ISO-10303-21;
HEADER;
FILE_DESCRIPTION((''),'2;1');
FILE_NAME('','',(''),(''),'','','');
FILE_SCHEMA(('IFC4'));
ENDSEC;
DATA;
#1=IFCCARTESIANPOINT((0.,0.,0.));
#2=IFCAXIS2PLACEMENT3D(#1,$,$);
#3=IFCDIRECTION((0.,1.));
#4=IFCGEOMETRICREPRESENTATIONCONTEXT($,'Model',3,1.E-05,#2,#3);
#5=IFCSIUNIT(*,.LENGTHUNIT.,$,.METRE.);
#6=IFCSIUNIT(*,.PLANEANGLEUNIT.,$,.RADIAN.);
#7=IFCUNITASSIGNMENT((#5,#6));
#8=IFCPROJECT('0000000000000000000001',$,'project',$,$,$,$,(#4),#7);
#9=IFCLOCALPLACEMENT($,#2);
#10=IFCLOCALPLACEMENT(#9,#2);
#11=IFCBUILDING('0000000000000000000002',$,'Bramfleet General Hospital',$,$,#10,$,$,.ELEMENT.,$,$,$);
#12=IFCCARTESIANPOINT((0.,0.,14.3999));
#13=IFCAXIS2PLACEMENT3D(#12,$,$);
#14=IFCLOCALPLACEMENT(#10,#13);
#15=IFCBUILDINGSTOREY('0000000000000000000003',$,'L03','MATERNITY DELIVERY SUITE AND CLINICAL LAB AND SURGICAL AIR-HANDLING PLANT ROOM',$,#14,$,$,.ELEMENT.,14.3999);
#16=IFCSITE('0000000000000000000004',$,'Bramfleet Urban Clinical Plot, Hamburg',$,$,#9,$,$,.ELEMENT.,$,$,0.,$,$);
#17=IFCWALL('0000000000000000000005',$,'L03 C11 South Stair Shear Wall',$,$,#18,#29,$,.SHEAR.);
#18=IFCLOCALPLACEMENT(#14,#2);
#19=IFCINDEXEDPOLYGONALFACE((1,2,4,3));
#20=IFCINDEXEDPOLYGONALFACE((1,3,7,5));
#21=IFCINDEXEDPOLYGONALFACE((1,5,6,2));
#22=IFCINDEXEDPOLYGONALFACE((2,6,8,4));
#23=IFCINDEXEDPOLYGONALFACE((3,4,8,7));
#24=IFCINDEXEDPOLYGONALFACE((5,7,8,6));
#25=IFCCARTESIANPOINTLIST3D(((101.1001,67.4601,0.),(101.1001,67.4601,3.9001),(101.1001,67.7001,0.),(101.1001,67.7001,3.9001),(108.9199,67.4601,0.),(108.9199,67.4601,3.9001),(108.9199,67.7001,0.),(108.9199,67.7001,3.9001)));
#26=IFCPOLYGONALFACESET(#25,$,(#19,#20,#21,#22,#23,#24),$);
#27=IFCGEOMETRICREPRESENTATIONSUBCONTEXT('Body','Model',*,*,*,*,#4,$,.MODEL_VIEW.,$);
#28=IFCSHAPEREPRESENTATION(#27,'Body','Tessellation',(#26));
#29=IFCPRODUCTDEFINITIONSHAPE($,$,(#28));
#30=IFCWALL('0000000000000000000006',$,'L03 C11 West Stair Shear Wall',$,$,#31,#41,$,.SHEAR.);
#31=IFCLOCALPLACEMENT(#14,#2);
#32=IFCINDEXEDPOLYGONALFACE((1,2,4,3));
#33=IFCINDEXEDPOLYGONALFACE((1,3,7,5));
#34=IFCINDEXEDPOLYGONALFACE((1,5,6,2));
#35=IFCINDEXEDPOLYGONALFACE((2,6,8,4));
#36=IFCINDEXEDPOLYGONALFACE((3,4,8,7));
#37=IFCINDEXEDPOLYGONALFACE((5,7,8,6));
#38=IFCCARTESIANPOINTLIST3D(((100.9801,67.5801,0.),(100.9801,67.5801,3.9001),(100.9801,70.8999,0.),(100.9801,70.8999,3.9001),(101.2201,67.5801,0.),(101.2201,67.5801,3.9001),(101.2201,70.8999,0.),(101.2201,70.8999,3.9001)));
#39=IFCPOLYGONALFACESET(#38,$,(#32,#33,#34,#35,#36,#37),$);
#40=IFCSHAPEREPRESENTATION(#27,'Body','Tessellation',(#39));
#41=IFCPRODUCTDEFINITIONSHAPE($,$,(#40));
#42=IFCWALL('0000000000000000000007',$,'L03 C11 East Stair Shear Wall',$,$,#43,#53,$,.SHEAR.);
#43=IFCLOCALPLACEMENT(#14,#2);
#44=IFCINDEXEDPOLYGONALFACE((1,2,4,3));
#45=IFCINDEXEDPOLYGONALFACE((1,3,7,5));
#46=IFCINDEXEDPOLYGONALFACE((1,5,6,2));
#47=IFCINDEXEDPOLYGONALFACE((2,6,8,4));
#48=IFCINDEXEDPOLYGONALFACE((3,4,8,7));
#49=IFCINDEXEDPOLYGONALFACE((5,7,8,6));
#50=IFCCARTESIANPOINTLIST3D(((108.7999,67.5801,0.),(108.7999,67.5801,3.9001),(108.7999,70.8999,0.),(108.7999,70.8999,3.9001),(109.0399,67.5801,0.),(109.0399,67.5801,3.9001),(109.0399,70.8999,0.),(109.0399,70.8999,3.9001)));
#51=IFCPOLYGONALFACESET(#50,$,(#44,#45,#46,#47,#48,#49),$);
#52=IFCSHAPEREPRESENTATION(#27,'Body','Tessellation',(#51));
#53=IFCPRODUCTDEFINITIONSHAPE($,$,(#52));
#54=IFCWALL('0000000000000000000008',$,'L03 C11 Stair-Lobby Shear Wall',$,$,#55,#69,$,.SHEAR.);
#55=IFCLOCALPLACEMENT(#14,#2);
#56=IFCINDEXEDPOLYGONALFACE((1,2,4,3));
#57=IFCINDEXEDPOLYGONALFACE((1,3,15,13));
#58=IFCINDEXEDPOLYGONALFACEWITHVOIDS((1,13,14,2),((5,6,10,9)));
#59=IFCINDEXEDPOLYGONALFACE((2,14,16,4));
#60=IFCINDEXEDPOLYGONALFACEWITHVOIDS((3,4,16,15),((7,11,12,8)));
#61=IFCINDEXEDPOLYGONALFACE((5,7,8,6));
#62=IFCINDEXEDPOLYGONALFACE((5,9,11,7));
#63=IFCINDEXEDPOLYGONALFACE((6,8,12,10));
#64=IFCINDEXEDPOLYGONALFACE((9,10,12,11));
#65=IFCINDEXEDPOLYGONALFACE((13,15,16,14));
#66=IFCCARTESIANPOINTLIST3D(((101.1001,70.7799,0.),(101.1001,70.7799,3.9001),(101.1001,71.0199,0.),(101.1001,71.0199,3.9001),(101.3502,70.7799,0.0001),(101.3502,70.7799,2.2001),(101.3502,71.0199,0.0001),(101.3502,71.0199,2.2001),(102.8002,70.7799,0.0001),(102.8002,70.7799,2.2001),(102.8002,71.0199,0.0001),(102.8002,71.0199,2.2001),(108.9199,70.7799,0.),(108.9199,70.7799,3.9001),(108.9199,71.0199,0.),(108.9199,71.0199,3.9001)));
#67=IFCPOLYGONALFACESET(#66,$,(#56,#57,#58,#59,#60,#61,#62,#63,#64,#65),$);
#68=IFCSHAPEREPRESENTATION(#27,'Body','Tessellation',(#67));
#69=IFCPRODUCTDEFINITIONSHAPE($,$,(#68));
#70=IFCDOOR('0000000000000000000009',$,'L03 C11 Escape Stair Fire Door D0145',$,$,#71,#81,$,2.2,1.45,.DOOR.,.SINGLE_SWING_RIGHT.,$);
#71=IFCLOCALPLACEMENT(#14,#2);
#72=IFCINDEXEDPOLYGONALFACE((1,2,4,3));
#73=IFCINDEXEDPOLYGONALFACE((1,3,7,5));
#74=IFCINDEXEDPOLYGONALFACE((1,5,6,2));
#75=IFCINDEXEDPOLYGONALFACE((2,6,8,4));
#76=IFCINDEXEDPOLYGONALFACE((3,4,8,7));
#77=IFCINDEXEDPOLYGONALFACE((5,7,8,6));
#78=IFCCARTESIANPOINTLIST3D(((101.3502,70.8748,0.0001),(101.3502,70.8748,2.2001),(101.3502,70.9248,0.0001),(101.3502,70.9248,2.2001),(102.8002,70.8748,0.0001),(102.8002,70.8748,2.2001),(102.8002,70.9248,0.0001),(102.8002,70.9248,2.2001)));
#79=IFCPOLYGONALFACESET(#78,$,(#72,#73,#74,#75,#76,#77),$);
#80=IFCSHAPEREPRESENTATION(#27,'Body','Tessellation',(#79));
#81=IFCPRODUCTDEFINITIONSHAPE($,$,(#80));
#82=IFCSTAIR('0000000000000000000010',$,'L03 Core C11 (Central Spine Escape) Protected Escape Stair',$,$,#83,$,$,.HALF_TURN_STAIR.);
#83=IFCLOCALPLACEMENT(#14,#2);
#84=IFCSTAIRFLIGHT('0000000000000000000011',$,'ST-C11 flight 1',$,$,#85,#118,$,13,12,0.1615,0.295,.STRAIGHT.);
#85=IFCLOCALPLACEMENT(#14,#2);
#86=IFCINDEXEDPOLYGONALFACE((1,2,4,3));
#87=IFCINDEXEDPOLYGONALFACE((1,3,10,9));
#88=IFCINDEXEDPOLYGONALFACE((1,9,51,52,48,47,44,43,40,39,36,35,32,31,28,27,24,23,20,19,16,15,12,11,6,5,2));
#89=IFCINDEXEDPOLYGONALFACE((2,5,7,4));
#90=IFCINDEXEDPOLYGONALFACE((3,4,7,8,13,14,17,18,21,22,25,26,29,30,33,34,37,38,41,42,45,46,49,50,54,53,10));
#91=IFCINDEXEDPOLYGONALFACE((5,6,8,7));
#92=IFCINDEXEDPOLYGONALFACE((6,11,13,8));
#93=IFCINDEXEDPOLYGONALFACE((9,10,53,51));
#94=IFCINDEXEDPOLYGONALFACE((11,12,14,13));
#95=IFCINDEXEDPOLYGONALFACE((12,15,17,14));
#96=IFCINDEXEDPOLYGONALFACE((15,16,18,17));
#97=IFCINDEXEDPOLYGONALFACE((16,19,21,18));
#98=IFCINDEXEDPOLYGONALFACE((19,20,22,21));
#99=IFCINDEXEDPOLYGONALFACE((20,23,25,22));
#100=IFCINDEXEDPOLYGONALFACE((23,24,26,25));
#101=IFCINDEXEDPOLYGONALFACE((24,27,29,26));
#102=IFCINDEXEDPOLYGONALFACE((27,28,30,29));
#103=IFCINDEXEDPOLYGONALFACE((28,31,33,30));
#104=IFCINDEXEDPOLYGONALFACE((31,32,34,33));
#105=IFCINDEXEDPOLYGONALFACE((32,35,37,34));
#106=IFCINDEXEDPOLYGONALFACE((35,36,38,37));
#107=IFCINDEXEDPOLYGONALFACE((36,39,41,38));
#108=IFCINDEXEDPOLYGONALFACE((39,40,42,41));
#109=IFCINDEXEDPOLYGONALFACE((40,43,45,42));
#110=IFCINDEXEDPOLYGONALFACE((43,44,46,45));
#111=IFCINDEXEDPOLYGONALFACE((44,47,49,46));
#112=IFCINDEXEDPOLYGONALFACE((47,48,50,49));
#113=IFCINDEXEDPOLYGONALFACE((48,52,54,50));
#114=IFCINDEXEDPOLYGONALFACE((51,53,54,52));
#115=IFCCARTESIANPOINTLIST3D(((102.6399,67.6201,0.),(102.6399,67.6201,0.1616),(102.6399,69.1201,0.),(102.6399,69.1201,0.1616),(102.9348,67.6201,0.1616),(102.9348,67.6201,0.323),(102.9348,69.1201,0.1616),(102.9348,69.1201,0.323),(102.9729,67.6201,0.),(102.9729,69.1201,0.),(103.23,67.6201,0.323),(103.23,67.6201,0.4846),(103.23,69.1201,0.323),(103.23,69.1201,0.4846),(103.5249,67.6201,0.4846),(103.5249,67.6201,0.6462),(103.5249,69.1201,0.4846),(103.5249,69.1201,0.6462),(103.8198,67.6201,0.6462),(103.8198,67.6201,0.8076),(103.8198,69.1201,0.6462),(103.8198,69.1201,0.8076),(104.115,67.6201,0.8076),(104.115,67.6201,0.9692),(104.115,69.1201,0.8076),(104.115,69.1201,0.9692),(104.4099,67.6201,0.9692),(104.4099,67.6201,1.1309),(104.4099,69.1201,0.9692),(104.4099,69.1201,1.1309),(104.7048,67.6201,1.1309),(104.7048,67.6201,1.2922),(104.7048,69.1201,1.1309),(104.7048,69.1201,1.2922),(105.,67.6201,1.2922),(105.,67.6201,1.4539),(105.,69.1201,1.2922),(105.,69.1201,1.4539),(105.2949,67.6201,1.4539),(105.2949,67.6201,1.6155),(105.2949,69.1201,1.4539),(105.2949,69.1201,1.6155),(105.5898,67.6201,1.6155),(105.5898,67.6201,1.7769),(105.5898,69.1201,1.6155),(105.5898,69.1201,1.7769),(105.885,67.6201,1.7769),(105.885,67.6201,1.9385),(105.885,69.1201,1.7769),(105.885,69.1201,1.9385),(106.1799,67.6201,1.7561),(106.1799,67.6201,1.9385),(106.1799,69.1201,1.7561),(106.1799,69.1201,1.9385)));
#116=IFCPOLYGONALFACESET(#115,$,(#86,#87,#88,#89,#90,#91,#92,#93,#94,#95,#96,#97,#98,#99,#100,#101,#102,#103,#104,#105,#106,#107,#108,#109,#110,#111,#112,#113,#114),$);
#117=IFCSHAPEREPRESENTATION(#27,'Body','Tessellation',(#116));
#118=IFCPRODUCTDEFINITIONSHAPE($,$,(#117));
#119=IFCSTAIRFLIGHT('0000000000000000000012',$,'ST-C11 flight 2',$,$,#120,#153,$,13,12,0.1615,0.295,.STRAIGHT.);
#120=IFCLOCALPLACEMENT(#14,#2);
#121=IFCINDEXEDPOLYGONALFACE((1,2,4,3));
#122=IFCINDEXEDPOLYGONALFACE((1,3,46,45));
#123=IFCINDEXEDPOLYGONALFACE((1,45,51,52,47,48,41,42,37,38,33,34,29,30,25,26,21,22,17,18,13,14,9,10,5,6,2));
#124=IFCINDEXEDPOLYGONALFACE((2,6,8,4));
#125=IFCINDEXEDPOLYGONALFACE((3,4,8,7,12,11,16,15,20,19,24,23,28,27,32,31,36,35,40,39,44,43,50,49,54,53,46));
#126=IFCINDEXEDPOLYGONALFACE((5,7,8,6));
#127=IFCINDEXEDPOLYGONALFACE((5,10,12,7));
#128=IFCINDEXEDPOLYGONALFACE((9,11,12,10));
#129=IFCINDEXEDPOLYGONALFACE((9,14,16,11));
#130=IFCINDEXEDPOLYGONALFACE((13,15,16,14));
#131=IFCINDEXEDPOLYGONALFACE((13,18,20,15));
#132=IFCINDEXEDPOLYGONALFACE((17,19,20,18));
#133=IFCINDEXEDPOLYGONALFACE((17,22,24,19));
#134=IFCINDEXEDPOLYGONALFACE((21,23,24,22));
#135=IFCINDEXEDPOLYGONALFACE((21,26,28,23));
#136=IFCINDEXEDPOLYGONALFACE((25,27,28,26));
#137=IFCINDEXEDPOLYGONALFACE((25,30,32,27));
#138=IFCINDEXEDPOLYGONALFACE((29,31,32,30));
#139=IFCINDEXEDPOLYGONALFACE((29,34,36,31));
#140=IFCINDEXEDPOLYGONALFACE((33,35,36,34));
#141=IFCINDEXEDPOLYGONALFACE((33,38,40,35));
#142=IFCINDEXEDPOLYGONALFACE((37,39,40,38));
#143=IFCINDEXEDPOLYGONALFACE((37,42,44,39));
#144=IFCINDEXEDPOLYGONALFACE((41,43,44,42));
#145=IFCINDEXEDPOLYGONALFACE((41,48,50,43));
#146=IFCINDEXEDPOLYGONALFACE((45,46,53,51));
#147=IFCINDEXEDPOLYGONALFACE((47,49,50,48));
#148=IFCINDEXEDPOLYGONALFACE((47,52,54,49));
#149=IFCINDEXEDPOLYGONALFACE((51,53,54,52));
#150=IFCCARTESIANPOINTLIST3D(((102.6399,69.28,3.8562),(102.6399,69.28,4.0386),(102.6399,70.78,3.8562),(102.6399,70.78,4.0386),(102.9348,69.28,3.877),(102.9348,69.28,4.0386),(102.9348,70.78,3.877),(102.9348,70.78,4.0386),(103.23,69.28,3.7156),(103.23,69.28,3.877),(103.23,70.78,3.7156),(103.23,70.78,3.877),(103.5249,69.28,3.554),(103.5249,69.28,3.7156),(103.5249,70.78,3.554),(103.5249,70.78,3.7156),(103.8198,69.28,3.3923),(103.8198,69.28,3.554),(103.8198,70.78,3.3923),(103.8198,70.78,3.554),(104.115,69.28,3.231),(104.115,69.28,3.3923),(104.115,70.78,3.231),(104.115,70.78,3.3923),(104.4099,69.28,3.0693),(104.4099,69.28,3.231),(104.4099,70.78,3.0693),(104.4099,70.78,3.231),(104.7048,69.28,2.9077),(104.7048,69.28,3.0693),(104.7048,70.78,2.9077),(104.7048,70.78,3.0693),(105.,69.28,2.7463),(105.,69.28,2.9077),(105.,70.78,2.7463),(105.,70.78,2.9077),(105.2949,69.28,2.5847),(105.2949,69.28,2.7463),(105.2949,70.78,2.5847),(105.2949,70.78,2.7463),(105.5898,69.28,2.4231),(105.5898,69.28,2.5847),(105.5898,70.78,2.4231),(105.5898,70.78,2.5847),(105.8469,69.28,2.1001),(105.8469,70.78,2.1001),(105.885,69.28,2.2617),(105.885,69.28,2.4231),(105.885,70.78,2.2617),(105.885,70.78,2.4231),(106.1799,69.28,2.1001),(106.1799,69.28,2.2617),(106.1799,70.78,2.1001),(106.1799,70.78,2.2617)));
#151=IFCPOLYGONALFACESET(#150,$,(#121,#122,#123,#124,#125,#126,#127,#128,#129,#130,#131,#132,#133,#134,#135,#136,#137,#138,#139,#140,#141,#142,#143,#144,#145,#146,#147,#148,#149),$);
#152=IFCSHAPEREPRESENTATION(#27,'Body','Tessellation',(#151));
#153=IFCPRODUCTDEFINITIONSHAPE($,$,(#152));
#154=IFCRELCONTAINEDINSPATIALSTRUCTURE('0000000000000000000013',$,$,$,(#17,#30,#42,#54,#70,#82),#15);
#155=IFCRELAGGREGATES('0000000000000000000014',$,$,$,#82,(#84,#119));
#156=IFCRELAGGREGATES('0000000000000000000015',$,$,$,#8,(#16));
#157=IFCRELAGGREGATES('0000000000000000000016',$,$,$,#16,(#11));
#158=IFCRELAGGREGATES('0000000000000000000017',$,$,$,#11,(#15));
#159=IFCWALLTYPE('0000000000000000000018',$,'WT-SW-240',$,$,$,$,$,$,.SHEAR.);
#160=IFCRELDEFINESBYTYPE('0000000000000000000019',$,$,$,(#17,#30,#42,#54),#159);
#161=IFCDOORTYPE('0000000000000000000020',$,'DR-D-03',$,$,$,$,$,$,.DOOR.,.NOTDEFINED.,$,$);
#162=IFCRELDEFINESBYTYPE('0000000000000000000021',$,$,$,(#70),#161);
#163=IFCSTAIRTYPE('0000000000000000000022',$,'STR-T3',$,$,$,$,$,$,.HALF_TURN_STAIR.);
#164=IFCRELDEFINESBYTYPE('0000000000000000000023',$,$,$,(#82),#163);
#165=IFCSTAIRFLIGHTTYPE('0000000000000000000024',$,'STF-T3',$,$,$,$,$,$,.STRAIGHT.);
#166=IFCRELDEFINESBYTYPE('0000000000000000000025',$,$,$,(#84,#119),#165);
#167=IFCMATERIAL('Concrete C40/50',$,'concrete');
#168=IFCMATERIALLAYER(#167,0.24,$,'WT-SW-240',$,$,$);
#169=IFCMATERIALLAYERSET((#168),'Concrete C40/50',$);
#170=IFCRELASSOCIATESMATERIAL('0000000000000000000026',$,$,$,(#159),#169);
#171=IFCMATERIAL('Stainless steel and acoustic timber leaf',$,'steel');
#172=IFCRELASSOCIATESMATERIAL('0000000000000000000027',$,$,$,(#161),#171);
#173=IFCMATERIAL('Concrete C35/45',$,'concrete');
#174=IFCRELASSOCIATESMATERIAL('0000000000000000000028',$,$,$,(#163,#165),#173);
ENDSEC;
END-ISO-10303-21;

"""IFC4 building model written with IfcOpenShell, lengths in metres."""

from ifc_helpers import new_model, si_unit, direction, frame, frame_2d, origin, place, context, subcontext, project, spatial, polyline, rectangle, outline, extrude, material, layer, layer_set, type_object, element, fill, aggregate, save


model = new_model("IFC4")

# Units and contexts
model_context = context("Model", 3, precision=1e-05, world=origin(), true_north=direction((0.0, 1.0)))
body_context = subcontext(model_context, "Body", "Model", "MODEL_VIEW")
ifc_project = project(units=[si_unit("LENGTHUNIT", "METRE"), si_unit("PLANEANGLEUNIT", "RADIAN")], contexts=[model_context])

# Site, building, storey
site_placement = place(None, origin())
site = spatial("IfcSite", under=ifc_project, at=site_placement, Name="Bramfleet Urban Clinical Plot, Hamburg", CompositionType="ELEMENT", RefElevation=0.0)
building_placement = place(site_placement, origin())
building = spatial("IfcBuilding", under=site, at=building_placement, Name="Bramfleet General Hospital", CompositionType="ELEMENT")
storey_placement = place(building_placement, frame((0.0, 0.0, 14.3999)))
storey = spatial("IfcBuildingStorey", under=building, at=storey_placement, Name="L03", Description="MATERNITY DELIVERY SUITE AND CLINICAL LAB AND SURGICAL AIR-HANDLING PLANT ROOM", CompositionType="ELEMENT", Elevation=14.3999)

# Shared definitions
ifc_material_1 = material(Name="Concrete C40/50", Category="concrete")

# Shared definitions
ifc_material_2 = material(Name="Concrete C35/45", Category="concrete")

# Shared definitions
ifc_material_3 = material(Name="Stainless steel and acoustic timber leaf", Category="steel")

# Walls
ifc_layer_1 = layer(ifc_material_1, 0.24, Name="WT-SW-240")
ifc_layer_set_1 = layer_set([ifc_layer_1], Name="Concrete C40/50")
wall_type_1 = type_object("IfcWallType", Name="WT-SW-240", PredefinedType="SHEAR", material=ifc_layer_set_1)
wall_1_placement = place(storey_placement, frame((101.1001, 67.5801, 0.0), z_axis=(0.0, 0.0, 1.0), x_axis=(1.0, 0.0, 0.0)))
element("IfcWall", 1, at=wall_1_placement, inside=storey, type_object=wall_type_1, Name="L03 C11 South Stair Shear Wall", PredefinedType="SHEAR", context=body_context, shape_type="SweptSolid", body=[
    extrude(rectangle(XDim=7.8198, YDim=0.24, at=frame_2d((3.9099, 0.0))), origin(), (0.0, 0.0, 1.0), 3.9001),
])
for number, where, z_axis, x_axis, name in (
    (2, (101.1001, 67.5801, 0.0), (0.0, 0.0, 1.0), (0.0, 1.0, 0.0), "L03 C11 West Stair Shear Wall"),
    (3, (108.9199, 67.5801, 0.0), (0.0, 0.0, 1.0), (0.0, 1.0, 0.0), "L03 C11 East Stair Shear Wall"),
):
    element("IfcWall", number, at=place(storey_placement, frame(where, z_axis=z_axis, x_axis=x_axis)), inside=storey, type_object=wall_type_1, Name=name, PredefinedType="SHEAR", context=body_context, shape_type="SweptSolid", body=[
        extrude(rectangle(XDim=3.3198, YDim=0.24, at=frame_2d((1.6599, 0.0))), origin(), (0.0, 0.0, 1.0), 3.9001),
    ])

# Wall, opening, door
wall_2_placement = place(storey_placement, frame((101.1001, 70.8999, 0.0), z_axis=(0.0, 0.0, 1.0), x_axis=(1.0, 0.0, 0.0)))
wall_2 = element("IfcWall", 4, at=wall_2_placement, inside=storey, type_object=wall_type_1, Name="L03 C11 Stair-Lobby Shear Wall", PredefinedType="SHEAR", context=body_context, shape_type="SweptSolid", body=[
    extrude(rectangle(XDim=7.8198, YDim=0.24, at=frame_2d((3.9099, 0.0))), origin(), (0.0, 0.0, 1.0), 3.9001),
])
opening_1_placement = place(wall_2_placement, frame((0.25, 0.0, 0.0)))
opening_1 = element("IfcOpeningElement", 5, at=opening_1_placement, cuts=wall_2, PredefinedType="OPENING", context=body_context, shape_type="SweptSolid", body=[
    extrude(rectangle(XDim=1.45, YDim=2.2, at=frame_2d((0.7251, 1.1001))), frame((0.0, 0.1299, 0.0), z_axis=(0.0, -1.0, 0.0), x_axis=(1.0, 0.0, 0.0)), (0.0, 0.0, 1.0), 0.26),
])
door_type_1 = type_object("IfcDoorType", Name="DR-D-03", OperationType="NOTDEFINED", PredefinedType="DOOR", material=ifc_material_3)
door_1_placement = place(opening_1_placement, origin())
door_1 = element("IfcDoor", 6, at=door_1_placement, inside=storey, type_object=door_type_1, Name="L03 C11 Escape Stair Fire Door D0145", OperationType="SINGLE_SWING_RIGHT", OverallHeight=2.2, OverallWidth=1.45, PredefinedType="DOOR", context=body_context, shape_type="SweptSolid", body=[
    extrude(rectangle(XDim=1.45, YDim=2.2, at=frame_2d((0.7251, 1.1001))), frame((0.0, 0.0249, 0.0), z_axis=(0.0, -1.0, 0.0), x_axis=(1.0, 0.0, 0.0)), (0.0, 0.0, 1.0), 0.05),
])
fill(opening_1, door_1)

# Stair, stair flights
stair_type = type_object("IfcStairType", Name="STR-T3", PredefinedType="HALF_TURN_STAIR", material=ifc_material_2)
stair_placement = place(storey_placement, origin())
stair = element("IfcStair", 7, at=stair_placement, inside=storey, type_object=stair_type, Name="L03 Core C11 (Central Spine Escape) Protected Escape Stair", PredefinedType="HALF_TURN_STAIR")
stair_flight_type = type_object("IfcStairFlightType", Name="STF-T3", PredefinedType="STRAIGHT", material=ifc_material_2)
stair_flight_1_placement = place(storey_placement, frame((102.6399, 68.3701, 0.0), z_axis=(0.0, 0.0, 1.0), x_axis=(1.0, 0.0, 0.0)))
stair_flight_1 = element("IfcStairFlight", 8, at=stair_flight_1_placement, type_object=stair_flight_type, Name="ST-C11 flight 1", NumberOfRisers=13, NumberOfTreads=12, PredefinedType="STRAIGHT", RiserHeight=0.1615, TreadLength=0.295, context=body_context, shape_type="SweptSolid", body=[
    extrude(outline(polyline([(0.0, 0.0), (0.0, 0.1616), (0.2949, 0.1616), (0.2949, 0.323), (0.5901, 0.323), (0.5901, 0.4846), (0.885, 0.4846), (0.885, 0.6462), (1.1799, 0.6462), (1.1799, 0.8076), (1.4751, 0.8076), (1.4751, 0.9692), (1.77, 0.9692), (1.77, 1.1309), (2.0649, 1.1309), (2.0649, 1.2922), (2.3601, 1.2922), (2.3601, 1.4539), (2.655, 1.4539), (2.655, 1.6155), (2.95, 1.6155), (2.95, 1.7769), (3.2451, 1.7769), (3.2451, 1.9385), (3.54, 1.9385), (3.54, 2.1001), (3.54, 1.7561), (0.333, 0.0), (0.0, 0.0)])), frame((0.0, 0.75, 0.0), z_axis=(0.0, -1.0, 0.0), x_axis=(1.0, 0.0, 0.0)), (0.0, 0.0, 1.0), 1.5),
])
stair_flight_2_placement = place(storey_placement, frame((106.1799, 70.03, 2.1001), z_axis=(0.0, 0.0, 1.0), x_axis=(-1.0, 0.0, 0.0)))
stair_flight_2 = element("IfcStairFlight", 9, at=stair_flight_2_placement, type_object=stair_flight_type, Name="ST-C11 flight 2", NumberOfRisers=13, NumberOfTreads=12, PredefinedType="STRAIGHT", RiserHeight=0.1615, TreadLength=0.295, context=body_context, shape_type="SweptSolid", body=[
    extrude(outline(polyline([(0.0, 0.0), (0.0, 0.1616), (0.2949, 0.1616), (0.2949, 0.323), (0.5901, 0.323), (0.5901, 0.4846), (0.885, 0.4846), (0.885, 0.6462), (1.1799, 0.6462), (1.1799, 0.8076), (1.4751, 0.8076), (1.4751, 0.9692), (1.77, 0.9692), (1.77, 1.1309), (2.0649, 1.1309), (2.0649, 1.2922), (2.3601, 1.2922), (2.3601, 1.4539), (2.655, 1.4539), (2.655, 1.6155), (2.95, 1.6155), (2.95, 1.7769), (3.2451, 1.7769), (3.2451, 1.9385), (3.54, 1.9385), (3.54, 2.1001), (3.54, 1.7561), (0.333, 0.0), (0.0, 0.0)])), frame((0.0, 0.75, 0.0), z_axis=(0.0, -1.0, 0.0), x_axis=(1.0, 0.0, 0.0)), (0.0, 0.0, 1.0), 1.5),
])
aggregate(stair, [stair_flight_1, stair_flight_2])

save(model, "model.ifc")
